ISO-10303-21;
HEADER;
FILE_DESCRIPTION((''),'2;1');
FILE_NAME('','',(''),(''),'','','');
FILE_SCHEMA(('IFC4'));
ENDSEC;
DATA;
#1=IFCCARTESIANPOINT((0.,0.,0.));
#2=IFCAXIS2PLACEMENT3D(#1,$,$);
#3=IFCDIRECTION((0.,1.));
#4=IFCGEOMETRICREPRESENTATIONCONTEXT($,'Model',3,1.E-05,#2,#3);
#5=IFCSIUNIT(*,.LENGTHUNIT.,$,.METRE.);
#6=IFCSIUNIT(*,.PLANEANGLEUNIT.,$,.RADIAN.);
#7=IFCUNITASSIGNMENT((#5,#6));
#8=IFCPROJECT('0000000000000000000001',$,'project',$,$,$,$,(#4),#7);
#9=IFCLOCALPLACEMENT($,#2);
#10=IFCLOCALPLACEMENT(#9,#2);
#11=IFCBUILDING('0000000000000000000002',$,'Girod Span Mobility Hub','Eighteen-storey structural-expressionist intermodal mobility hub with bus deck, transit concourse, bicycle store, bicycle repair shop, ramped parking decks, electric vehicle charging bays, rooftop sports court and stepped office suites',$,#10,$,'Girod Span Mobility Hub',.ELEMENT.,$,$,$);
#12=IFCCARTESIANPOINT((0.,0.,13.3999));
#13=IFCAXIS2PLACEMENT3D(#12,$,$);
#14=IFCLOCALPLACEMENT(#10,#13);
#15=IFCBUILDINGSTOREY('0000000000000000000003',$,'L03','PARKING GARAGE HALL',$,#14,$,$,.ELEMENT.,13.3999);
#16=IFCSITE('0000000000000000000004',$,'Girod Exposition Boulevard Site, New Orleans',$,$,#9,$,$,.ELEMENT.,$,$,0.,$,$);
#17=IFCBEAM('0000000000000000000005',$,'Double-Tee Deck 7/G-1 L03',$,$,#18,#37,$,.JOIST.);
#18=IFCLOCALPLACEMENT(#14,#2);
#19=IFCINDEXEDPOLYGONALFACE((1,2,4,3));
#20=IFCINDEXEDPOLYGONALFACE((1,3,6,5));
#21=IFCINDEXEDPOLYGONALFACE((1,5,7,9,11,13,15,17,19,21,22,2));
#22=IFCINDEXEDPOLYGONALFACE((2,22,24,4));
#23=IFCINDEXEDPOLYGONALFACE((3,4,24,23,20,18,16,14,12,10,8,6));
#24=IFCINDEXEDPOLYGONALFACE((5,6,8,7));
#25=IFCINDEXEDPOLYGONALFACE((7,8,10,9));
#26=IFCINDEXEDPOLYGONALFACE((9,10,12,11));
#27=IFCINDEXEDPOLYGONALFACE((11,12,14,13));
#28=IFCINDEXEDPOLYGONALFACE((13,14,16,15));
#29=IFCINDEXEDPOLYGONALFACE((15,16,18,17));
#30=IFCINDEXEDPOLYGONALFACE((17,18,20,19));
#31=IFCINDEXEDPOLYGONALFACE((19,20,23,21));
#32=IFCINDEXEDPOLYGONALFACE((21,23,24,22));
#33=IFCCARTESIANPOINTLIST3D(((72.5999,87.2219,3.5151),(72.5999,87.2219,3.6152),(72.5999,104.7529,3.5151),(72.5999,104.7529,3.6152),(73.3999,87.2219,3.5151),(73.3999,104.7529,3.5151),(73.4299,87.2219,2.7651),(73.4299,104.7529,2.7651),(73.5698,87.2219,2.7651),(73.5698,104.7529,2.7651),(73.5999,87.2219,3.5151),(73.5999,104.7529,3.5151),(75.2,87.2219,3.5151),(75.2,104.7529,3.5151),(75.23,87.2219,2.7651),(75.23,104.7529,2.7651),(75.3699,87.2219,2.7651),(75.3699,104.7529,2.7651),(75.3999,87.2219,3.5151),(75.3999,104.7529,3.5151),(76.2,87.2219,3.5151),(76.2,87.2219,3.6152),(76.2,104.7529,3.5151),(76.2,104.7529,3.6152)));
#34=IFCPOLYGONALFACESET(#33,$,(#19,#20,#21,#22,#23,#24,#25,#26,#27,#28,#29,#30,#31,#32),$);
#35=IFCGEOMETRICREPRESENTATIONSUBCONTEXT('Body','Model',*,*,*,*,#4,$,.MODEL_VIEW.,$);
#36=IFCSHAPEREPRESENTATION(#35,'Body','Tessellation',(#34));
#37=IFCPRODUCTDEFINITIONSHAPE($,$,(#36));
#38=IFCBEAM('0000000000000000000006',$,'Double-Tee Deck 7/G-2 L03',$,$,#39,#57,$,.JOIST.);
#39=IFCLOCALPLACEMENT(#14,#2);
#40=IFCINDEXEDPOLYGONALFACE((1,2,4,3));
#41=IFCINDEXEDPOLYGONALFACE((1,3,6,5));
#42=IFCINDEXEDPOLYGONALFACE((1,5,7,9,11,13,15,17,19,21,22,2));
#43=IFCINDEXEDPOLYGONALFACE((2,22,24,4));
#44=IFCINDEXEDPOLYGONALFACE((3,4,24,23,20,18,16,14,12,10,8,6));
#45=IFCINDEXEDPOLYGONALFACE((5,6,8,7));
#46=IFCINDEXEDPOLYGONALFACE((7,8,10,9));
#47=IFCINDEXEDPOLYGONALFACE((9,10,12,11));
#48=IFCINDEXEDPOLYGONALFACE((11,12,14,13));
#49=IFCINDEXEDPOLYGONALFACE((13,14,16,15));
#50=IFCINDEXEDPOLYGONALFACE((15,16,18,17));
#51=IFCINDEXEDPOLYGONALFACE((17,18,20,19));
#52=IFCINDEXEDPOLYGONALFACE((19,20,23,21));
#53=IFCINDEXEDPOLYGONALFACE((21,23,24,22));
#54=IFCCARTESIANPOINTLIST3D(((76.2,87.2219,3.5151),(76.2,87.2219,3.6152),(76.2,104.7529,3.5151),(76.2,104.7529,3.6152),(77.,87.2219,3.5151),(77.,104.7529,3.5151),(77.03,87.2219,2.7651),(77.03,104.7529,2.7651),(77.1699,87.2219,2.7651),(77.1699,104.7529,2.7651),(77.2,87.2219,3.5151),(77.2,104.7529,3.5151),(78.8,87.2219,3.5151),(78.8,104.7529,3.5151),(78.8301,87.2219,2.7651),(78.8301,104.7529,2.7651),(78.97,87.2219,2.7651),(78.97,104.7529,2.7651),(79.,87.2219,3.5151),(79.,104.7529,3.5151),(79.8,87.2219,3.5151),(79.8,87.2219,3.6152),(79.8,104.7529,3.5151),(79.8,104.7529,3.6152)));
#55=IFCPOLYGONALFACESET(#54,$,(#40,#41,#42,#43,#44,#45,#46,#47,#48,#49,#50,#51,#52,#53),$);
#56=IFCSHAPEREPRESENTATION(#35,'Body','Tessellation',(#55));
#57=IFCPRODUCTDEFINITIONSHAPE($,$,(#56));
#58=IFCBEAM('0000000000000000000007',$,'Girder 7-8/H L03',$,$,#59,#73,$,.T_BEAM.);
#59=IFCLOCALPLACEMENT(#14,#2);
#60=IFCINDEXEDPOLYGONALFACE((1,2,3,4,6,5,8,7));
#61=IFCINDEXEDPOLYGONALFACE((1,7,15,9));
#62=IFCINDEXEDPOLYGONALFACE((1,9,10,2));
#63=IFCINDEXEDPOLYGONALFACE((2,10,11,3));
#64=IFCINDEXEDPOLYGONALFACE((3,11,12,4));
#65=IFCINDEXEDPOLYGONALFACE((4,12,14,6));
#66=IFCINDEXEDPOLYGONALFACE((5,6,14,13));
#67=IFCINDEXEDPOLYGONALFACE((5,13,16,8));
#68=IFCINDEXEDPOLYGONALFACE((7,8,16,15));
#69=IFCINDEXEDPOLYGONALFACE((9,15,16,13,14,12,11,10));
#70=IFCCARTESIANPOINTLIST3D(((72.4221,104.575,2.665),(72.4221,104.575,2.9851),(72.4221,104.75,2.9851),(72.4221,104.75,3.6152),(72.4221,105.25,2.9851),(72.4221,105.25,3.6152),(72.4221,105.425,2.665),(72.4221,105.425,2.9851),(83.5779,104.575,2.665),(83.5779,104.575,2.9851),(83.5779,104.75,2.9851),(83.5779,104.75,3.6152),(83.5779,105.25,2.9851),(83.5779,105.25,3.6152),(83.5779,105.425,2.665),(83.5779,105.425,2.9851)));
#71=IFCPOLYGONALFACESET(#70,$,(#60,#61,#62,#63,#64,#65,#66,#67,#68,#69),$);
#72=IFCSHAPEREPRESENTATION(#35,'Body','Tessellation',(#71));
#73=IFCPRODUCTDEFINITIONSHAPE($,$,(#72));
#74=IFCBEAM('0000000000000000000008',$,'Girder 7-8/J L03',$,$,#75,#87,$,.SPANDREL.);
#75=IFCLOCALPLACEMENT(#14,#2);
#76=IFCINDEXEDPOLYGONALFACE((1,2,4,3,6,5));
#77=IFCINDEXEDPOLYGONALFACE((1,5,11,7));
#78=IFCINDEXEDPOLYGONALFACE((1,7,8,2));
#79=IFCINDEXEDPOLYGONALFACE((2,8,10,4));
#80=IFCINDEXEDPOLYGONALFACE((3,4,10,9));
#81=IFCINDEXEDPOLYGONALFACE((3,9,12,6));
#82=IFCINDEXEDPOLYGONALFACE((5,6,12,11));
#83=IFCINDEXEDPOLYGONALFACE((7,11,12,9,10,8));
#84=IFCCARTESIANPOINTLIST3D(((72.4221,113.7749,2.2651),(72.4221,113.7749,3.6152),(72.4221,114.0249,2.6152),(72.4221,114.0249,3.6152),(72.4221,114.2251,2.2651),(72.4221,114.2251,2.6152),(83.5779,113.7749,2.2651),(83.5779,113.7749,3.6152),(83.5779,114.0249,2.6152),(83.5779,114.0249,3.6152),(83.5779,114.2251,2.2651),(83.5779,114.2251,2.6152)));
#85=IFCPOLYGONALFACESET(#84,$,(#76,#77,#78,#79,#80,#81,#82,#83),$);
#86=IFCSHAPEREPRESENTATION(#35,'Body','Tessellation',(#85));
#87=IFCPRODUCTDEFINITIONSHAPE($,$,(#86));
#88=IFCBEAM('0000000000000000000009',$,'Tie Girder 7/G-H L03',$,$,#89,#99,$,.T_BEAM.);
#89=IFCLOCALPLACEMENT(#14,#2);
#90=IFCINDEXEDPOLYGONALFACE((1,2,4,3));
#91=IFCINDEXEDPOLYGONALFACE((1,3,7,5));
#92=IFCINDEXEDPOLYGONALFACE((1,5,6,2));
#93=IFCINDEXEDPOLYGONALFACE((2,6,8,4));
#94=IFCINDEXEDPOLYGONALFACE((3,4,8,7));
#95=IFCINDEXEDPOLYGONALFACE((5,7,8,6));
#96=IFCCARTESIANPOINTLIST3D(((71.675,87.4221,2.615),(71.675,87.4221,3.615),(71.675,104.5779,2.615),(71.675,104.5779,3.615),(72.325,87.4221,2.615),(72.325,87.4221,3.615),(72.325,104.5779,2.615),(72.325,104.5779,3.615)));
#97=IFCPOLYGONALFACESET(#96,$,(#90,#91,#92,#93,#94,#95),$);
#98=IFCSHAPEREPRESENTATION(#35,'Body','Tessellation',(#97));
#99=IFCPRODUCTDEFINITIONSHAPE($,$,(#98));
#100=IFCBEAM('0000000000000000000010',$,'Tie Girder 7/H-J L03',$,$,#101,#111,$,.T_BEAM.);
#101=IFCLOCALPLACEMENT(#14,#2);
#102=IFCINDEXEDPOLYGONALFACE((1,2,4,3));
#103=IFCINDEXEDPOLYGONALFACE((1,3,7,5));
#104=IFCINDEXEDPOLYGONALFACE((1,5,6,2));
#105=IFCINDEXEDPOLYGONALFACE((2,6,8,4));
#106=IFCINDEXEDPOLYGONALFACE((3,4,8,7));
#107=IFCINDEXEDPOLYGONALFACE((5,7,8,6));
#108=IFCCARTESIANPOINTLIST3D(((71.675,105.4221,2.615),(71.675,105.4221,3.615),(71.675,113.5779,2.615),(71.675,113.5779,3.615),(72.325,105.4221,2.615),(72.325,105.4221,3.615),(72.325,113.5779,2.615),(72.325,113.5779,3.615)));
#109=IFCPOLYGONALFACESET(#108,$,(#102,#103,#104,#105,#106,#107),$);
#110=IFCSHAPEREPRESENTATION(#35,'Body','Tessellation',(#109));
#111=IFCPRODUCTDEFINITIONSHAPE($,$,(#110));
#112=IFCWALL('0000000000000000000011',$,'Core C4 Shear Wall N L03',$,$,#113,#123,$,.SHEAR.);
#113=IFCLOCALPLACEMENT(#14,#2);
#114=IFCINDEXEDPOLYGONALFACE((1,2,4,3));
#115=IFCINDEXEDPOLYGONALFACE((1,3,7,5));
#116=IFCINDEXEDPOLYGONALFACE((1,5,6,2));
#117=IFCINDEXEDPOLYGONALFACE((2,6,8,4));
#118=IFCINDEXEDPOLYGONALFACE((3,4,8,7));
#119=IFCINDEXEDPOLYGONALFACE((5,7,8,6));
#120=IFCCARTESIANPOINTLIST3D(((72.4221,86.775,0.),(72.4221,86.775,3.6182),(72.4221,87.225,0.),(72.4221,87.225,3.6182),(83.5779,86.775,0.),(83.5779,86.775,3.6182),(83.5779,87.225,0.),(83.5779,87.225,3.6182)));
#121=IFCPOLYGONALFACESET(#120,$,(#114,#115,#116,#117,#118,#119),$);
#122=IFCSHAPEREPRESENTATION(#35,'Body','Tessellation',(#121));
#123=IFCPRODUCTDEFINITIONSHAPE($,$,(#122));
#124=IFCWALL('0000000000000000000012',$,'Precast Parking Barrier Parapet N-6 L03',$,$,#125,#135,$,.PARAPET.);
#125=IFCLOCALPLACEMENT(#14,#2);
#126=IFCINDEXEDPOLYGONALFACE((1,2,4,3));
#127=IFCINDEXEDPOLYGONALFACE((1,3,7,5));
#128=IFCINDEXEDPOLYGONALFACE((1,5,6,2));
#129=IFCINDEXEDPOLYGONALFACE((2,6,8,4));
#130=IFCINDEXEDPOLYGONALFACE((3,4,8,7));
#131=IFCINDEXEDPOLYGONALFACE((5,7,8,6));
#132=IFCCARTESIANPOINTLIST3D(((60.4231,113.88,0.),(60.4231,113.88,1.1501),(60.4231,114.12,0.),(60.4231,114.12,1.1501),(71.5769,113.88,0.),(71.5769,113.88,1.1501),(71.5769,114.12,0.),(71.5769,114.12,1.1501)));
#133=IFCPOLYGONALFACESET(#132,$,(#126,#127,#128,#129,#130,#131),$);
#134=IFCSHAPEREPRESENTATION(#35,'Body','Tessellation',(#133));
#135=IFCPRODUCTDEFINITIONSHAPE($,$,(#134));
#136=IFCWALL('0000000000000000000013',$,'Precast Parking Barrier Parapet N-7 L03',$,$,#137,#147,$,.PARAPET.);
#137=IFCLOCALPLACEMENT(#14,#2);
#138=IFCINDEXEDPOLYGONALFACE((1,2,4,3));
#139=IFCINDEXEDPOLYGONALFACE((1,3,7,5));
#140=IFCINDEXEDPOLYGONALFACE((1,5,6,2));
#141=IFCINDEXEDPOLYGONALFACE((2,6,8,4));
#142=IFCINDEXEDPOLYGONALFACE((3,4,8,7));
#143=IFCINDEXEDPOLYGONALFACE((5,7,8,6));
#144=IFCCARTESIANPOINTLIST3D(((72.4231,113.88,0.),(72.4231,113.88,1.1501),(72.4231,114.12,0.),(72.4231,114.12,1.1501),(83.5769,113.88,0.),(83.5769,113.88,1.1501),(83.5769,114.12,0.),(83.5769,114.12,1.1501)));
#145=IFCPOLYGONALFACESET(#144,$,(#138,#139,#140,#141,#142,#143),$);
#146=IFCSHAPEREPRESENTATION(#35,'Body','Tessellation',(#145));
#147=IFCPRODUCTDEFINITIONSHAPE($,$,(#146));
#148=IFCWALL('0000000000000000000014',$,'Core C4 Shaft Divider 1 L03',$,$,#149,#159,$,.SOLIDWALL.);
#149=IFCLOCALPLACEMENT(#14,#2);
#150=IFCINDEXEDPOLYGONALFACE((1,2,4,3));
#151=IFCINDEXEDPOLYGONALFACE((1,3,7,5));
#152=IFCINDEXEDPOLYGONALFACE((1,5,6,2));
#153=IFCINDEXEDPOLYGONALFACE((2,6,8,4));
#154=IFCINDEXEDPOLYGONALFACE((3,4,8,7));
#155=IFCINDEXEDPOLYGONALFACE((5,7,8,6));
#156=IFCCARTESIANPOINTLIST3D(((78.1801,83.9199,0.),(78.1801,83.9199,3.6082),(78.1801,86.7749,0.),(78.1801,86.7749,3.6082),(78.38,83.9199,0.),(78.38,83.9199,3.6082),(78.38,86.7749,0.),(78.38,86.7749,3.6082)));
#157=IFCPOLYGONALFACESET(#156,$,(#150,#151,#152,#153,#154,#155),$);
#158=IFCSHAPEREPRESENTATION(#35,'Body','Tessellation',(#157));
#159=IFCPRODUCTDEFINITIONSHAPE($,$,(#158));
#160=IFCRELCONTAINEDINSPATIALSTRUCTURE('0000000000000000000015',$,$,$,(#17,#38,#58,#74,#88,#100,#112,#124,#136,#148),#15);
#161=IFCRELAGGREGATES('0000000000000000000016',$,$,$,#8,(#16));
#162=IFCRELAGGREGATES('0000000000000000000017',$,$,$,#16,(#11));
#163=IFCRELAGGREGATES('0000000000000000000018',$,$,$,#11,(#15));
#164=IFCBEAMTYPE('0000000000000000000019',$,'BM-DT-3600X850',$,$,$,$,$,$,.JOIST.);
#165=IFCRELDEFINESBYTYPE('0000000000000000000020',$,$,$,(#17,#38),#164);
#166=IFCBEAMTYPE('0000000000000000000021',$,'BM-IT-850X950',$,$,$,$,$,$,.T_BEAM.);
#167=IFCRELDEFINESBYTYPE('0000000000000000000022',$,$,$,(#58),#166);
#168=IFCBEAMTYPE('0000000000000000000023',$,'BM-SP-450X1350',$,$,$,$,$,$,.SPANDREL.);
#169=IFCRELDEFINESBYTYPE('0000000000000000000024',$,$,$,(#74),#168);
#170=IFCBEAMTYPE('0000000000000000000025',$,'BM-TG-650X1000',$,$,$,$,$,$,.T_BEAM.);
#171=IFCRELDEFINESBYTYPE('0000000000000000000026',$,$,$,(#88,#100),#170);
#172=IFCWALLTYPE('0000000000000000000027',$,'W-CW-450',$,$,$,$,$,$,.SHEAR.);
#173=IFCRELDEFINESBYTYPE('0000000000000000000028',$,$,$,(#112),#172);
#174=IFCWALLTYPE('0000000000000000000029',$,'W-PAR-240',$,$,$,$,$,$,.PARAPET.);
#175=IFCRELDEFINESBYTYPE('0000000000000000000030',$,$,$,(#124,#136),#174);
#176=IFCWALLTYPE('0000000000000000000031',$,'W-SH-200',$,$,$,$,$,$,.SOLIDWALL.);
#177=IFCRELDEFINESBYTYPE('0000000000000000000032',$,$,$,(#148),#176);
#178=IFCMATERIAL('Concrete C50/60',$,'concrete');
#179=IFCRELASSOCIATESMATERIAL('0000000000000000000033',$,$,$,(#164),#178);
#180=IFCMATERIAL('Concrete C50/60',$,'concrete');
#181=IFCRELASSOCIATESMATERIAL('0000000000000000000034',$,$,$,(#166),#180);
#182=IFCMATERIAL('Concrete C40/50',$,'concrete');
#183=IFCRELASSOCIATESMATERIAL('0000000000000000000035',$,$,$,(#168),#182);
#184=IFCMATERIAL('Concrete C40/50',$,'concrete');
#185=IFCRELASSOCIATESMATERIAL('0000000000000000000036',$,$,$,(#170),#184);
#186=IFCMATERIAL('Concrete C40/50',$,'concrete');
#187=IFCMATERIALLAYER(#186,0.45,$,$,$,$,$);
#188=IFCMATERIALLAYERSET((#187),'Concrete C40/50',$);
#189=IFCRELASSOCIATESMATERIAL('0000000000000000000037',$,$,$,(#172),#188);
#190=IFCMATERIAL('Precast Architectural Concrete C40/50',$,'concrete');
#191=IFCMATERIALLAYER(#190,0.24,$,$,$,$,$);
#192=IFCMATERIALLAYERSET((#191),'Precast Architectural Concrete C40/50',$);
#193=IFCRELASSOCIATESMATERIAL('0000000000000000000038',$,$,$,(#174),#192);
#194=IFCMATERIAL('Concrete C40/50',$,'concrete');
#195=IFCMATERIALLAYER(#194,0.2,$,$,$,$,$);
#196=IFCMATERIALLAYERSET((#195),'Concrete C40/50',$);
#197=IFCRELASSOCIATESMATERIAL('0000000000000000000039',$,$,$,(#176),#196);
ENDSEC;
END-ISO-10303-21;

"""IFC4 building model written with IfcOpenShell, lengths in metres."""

from ifc_helpers import new_model, si_unit, direction, frame, frame_2d, origin, origin_2d, place, context, subcontext, project, spatial, polyline, rectangle, outline, extrude, material, layer, layer_set, material_profile, profile_set, type_object, element, save


model = new_model("IFC4")

# Units and contexts
model_context = context("Model", 3, precision=1e-05, world=origin(), true_north=direction((0.0, 1.0)))
body_context = subcontext(model_context, "Body", "Model", "MODEL_VIEW")
ifc_project = project(units=[si_unit("LENGTHUNIT", "METRE"), si_unit("PLANEANGLEUNIT", "RADIAN")], contexts=[model_context])

# Site, building, storey
site_placement = place(None, origin())
site = spatial("IfcSite", under=ifc_project, at=site_placement, Name="Girod Exposition Boulevard Site, New Orleans", CompositionType="ELEMENT", RefElevation=0.0)
building_placement = place(site_placement, origin())
building = spatial("IfcBuilding", under=site, at=building_placement, Name="Girod Span Mobility Hub", Description="Eighteen-storey structural-expressionist intermodal mobility hub with bus deck, transit concourse, bicycle store, bicycle repair shop, ramped parking decks, electric vehicle charging bays, rooftop sports court and stepped office suites", LongName="Girod Span Mobility Hub", CompositionType="ELEMENT")
storey_placement = place(building_placement, frame((0.0, 0.0, 13.3999)))
storey = spatial("IfcBuildingStorey", under=building, at=storey_placement, Name="L03", Description="PARKING GARAGE HALL", CompositionType="ELEMENT", Elevation=13.3999)

# Beams
ifc_material_1 = material(Name="Concrete C50/60", Category="concrete")
ifc_material_profile_1 = material_profile(ifc_material_1, outline(polyline([(-1.8, 0.425), (-1.8, 0.325), (-1.0, 0.325), (-0.97, -0.425), (-0.8301, -0.425), (-0.8, 0.325), (0.8, 0.325), (0.8301, -0.425), (0.97, -0.425), (1.0, 0.325), (1.8, 0.325), (1.8, 0.425), (-1.8, 0.425)])), Name="DT-3600X850")
ifc_profile_set_1 = profile_set([ifc_material_profile_1], Name="Concrete C50/60")
beam_type_1 = type_object("IfcBeamType", Name="BM-DT-3600X850", PredefinedType="JOIST", material=ifc_profile_set_1)
for number, where, z_axis, x_axis, name in (
    (1, (74.3999, 87.2219, 3.1902), (0.0, 1.0, 0.0), (-1.0, 0.0, 0.0), "Double-Tee Deck 7/G-1 L03"),
    (2, (78.0, 87.2219, 3.1902), (0.0, 1.0, 0.0), (-1.0, 0.0, 0.0), "Double-Tee Deck 7/G-2 L03"),
):
    element("IfcBeam", number, at=place(storey_placement, frame(where, z_axis=z_axis, x_axis=x_axis)), inside=storey, type_object=beam_type_1, Name=name, PredefinedType="JOIST", context=body_context, shape_type="SweptSolid", body=[
        extrude(outline(polyline([(-1.8, 0.425), (-1.8, 0.325), (-1.0, 0.325), (-0.97, -0.425), (-0.8301, -0.425), (-0.8, 0.325), (0.8, 0.325), (0.8301, -0.425), (0.97, -0.425), (1.0, 0.325), (1.8, 0.325), (1.8, 0.425), (-1.8, 0.425)])), origin(), (0.0, 0.0, 1.0), 17.531),
    ])
ifc_material_2 = material(Name="Concrete C50/60", Category="concrete")
ifc_material_profile_2 = material_profile(ifc_material_2, outline(polyline([(-0.425, -0.4751), (0.425, -0.4751), (0.425, -0.155), (0.25, -0.155), (0.25, 0.4751), (-0.25, 0.4751), (-0.25, -0.155), (-0.425, -0.155), (-0.425, -0.4751)])), Name="IT-850X950")
ifc_profile_set_2 = profile_set([ifc_material_profile_2], Name="Concrete C50/60")
beam_type_2 = type_object("IfcBeamType", Name="BM-IT-850X950", PredefinedType="T_BEAM", material=ifc_profile_set_2)
beam_1_placement = place(storey_placement, frame((72.4221, 105.0, 3.1401), z_axis=(1.0, 0.0, 0.0), x_axis=(0.0, 1.0, 0.0)))
element("IfcBeam", 3, at=beam_1_placement, inside=storey, type_object=beam_type_2, Name="Girder 7-8/H L03", PredefinedType="T_BEAM", context=body_context, shape_type="SweptSolid", body=[
    extrude(outline(polyline([(-0.425, -0.4751), (0.425, -0.4751), (0.425, -0.155), (0.25, -0.155), (0.25, 0.4751), (-0.25, 0.4751), (-0.25, -0.155), (-0.425, -0.155), (-0.425, -0.4751)])), origin(), (0.0, 0.0, 1.0), 11.1558),
])
ifc_material_3 = material(Name="Concrete C40/50", Category="concrete")
ifc_material_profile_3 = material_profile(ifc_material_3, outline(polyline([(-0.2251, -0.675), (0.2251, -0.675), (0.2251, -0.325), (0.0249, -0.325), (0.0249, 0.675), (-0.2251, 0.675), (-0.2251, -0.675)])), Name="SP-450X1350")
ifc_profile_set_3 = profile_set([ifc_material_profile_3], Name="Concrete C40/50")
beam_type_3 = type_object("IfcBeamType", Name="BM-SP-450X1350", PredefinedType="SPANDREL", material=ifc_profile_set_3)
beam_2_placement = place(storey_placement, frame((72.4221, 114.0, 2.9402), z_axis=(1.0, 0.0, 0.0), x_axis=(0.0, 1.0, 0.0)))
element("IfcBeam", 4, at=beam_2_placement, inside=storey, type_object=beam_type_3, Name="Girder 7-8/J L03", PredefinedType="SPANDREL", context=body_context, shape_type="SweptSolid", body=[
    extrude(outline(polyline([(-0.2251, -0.675), (0.2251, -0.675), (0.2251, -0.325), (0.0249, -0.325), (0.0249, 0.675), (-0.2251, 0.675), (-0.2251, -0.675)])), origin(), (0.0, 0.0, 1.0), 11.1558),
])
ifc_material_4 = material(Name="Concrete C40/50", Category="concrete")
ifc_material_profile_4 = material_profile(ifc_material_4, rectangle(XDim=0.6499, YDim=1.0, at=origin_2d()), Name="TG-650X1000")
ifc_profile_set_4 = profile_set([ifc_material_profile_4], Name="Concrete C40/50")
beam_type_4 = type_object("IfcBeamType", Name="BM-TG-650X1000", PredefinedType="T_BEAM", material=ifc_profile_set_4)
beam_3_placement = place(storey_placement, frame((72.0, 87.4221, 3.115), z_axis=(0.0, 1.0, 0.0), x_axis=(-1.0, 0.0, 0.0)))
element("IfcBeam", 5, at=beam_3_placement, inside=storey, type_object=beam_type_4, Name="Tie Girder 7/G-H L03", PredefinedType="T_BEAM", context=body_context, shape_type="SweptSolid", body=[
    extrude(rectangle(XDim=0.6499, YDim=1.0, at=origin_2d()), origin(), (0.0, 0.0, 1.0), 17.1558),
])
beam_4_placement = place(storey_placement, frame((72.0, 105.4221, 3.115), z_axis=(0.0, 1.0, 0.0), x_axis=(-1.0, 0.0, 0.0)))
element("IfcBeam", 6, at=beam_4_placement, inside=storey, type_object=beam_type_4, Name="Tie Girder 7/H-J L03", PredefinedType="T_BEAM", context=body_context, shape_type="SweptSolid", body=[
    extrude(rectangle(XDim=0.6499, YDim=1.0, at=origin_2d()), origin(), (0.0, 0.0, 1.0), 8.1558),
])

# Walls
ifc_material_5 = material(Name="Concrete C40/50", Category="concrete")
ifc_layer_1 = layer(ifc_material_5, 0.45)
ifc_layer_set_1 = layer_set([ifc_layer_1], Name="Concrete C40/50")
wall_type_1 = type_object("IfcWallType", Name="W-CW-450", PredefinedType="SHEAR", material=ifc_layer_set_1)
wall_1_placement = place(storey_placement, frame((72.4221, 87.0, 0.0), z_axis=(0.0, 0.0, 1.0), x_axis=(1.0, 0.0, 0.0)))
element("IfcWall", 7, at=wall_1_placement, inside=storey, type_object=wall_type_1, Name="Core C4 Shear Wall N L03", PredefinedType="SHEAR", context=body_context, shape_type="SweptSolid", body=[
    extrude(rectangle(XDim=11.1558, YDim=0.45, at=frame_2d((5.5779, 0.0))), origin(), (0.0, 0.0, 1.0), 3.6182),
])
ifc_material_6 = material(Name="Precast Architectural Concrete C40/50", Category="concrete")
ifc_layer_2 = layer(ifc_material_6, 0.24)
ifc_layer_set_2 = layer_set([ifc_layer_2], Name="Precast Architectural Concrete C40/50")
wall_type_2 = type_object("IfcWallType", Name="W-PAR-240", PredefinedType="PARAPET", material=ifc_layer_set_2)
for number, where, z_axis, x_axis, name in (
    (8, (60.4231, 114.0, 0.0), (0.0, 0.0, 1.0), (1.0, 0.0, 0.0), "Precast Parking Barrier Parapet N-6 L03"),
    (9, (72.4231, 114.0, 0.0), (0.0, 0.0, 1.0), (1.0, 0.0, 0.0), "Precast Parking Barrier Parapet N-7 L03"),
):
    element("IfcWall", number, at=place(storey_placement, frame(where, z_axis=z_axis, x_axis=x_axis)), inside=storey, type_object=wall_type_2, Name=name, PredefinedType="PARAPET", context=body_context, shape_type="SweptSolid", body=[
        extrude(rectangle(XDim=11.1538, YDim=0.24, at=frame_2d((5.5769, 0.0))), origin(), (0.0, 0.0, 1.0), 1.1501),
    ])
ifc_material_7 = material(Name="Concrete C40/50", Category="concrete")
ifc_layer_3 = layer(ifc_material_7, 0.2)
ifc_layer_set_3 = layer_set([ifc_layer_3], Name="Concrete C40/50")
wall_type_3 = type_object("IfcWallType", Name="W-SH-200", PredefinedType="SOLIDWALL", material=ifc_layer_set_3)
wall_2_placement = place(storey_placement, frame((78.28, 83.9199, 0.0), z_axis=(0.0, 0.0, 1.0), x_axis=(0.0, 1.0, 0.0)))
element("IfcWall", 10, at=wall_2_placement, inside=storey, type_object=wall_type_3, Name="Core C4 Shaft Divider 1 L03", PredefinedType="SOLIDWALL", context=body_context, shape_type="SweptSolid", body=[
    extrude(rectangle(XDim=2.855, YDim=0.2, at=frame_2d((1.4275, 0.0))), origin(), (0.0, 0.0, 1.0), 3.6082),
])

save(model, "model.ifc")
